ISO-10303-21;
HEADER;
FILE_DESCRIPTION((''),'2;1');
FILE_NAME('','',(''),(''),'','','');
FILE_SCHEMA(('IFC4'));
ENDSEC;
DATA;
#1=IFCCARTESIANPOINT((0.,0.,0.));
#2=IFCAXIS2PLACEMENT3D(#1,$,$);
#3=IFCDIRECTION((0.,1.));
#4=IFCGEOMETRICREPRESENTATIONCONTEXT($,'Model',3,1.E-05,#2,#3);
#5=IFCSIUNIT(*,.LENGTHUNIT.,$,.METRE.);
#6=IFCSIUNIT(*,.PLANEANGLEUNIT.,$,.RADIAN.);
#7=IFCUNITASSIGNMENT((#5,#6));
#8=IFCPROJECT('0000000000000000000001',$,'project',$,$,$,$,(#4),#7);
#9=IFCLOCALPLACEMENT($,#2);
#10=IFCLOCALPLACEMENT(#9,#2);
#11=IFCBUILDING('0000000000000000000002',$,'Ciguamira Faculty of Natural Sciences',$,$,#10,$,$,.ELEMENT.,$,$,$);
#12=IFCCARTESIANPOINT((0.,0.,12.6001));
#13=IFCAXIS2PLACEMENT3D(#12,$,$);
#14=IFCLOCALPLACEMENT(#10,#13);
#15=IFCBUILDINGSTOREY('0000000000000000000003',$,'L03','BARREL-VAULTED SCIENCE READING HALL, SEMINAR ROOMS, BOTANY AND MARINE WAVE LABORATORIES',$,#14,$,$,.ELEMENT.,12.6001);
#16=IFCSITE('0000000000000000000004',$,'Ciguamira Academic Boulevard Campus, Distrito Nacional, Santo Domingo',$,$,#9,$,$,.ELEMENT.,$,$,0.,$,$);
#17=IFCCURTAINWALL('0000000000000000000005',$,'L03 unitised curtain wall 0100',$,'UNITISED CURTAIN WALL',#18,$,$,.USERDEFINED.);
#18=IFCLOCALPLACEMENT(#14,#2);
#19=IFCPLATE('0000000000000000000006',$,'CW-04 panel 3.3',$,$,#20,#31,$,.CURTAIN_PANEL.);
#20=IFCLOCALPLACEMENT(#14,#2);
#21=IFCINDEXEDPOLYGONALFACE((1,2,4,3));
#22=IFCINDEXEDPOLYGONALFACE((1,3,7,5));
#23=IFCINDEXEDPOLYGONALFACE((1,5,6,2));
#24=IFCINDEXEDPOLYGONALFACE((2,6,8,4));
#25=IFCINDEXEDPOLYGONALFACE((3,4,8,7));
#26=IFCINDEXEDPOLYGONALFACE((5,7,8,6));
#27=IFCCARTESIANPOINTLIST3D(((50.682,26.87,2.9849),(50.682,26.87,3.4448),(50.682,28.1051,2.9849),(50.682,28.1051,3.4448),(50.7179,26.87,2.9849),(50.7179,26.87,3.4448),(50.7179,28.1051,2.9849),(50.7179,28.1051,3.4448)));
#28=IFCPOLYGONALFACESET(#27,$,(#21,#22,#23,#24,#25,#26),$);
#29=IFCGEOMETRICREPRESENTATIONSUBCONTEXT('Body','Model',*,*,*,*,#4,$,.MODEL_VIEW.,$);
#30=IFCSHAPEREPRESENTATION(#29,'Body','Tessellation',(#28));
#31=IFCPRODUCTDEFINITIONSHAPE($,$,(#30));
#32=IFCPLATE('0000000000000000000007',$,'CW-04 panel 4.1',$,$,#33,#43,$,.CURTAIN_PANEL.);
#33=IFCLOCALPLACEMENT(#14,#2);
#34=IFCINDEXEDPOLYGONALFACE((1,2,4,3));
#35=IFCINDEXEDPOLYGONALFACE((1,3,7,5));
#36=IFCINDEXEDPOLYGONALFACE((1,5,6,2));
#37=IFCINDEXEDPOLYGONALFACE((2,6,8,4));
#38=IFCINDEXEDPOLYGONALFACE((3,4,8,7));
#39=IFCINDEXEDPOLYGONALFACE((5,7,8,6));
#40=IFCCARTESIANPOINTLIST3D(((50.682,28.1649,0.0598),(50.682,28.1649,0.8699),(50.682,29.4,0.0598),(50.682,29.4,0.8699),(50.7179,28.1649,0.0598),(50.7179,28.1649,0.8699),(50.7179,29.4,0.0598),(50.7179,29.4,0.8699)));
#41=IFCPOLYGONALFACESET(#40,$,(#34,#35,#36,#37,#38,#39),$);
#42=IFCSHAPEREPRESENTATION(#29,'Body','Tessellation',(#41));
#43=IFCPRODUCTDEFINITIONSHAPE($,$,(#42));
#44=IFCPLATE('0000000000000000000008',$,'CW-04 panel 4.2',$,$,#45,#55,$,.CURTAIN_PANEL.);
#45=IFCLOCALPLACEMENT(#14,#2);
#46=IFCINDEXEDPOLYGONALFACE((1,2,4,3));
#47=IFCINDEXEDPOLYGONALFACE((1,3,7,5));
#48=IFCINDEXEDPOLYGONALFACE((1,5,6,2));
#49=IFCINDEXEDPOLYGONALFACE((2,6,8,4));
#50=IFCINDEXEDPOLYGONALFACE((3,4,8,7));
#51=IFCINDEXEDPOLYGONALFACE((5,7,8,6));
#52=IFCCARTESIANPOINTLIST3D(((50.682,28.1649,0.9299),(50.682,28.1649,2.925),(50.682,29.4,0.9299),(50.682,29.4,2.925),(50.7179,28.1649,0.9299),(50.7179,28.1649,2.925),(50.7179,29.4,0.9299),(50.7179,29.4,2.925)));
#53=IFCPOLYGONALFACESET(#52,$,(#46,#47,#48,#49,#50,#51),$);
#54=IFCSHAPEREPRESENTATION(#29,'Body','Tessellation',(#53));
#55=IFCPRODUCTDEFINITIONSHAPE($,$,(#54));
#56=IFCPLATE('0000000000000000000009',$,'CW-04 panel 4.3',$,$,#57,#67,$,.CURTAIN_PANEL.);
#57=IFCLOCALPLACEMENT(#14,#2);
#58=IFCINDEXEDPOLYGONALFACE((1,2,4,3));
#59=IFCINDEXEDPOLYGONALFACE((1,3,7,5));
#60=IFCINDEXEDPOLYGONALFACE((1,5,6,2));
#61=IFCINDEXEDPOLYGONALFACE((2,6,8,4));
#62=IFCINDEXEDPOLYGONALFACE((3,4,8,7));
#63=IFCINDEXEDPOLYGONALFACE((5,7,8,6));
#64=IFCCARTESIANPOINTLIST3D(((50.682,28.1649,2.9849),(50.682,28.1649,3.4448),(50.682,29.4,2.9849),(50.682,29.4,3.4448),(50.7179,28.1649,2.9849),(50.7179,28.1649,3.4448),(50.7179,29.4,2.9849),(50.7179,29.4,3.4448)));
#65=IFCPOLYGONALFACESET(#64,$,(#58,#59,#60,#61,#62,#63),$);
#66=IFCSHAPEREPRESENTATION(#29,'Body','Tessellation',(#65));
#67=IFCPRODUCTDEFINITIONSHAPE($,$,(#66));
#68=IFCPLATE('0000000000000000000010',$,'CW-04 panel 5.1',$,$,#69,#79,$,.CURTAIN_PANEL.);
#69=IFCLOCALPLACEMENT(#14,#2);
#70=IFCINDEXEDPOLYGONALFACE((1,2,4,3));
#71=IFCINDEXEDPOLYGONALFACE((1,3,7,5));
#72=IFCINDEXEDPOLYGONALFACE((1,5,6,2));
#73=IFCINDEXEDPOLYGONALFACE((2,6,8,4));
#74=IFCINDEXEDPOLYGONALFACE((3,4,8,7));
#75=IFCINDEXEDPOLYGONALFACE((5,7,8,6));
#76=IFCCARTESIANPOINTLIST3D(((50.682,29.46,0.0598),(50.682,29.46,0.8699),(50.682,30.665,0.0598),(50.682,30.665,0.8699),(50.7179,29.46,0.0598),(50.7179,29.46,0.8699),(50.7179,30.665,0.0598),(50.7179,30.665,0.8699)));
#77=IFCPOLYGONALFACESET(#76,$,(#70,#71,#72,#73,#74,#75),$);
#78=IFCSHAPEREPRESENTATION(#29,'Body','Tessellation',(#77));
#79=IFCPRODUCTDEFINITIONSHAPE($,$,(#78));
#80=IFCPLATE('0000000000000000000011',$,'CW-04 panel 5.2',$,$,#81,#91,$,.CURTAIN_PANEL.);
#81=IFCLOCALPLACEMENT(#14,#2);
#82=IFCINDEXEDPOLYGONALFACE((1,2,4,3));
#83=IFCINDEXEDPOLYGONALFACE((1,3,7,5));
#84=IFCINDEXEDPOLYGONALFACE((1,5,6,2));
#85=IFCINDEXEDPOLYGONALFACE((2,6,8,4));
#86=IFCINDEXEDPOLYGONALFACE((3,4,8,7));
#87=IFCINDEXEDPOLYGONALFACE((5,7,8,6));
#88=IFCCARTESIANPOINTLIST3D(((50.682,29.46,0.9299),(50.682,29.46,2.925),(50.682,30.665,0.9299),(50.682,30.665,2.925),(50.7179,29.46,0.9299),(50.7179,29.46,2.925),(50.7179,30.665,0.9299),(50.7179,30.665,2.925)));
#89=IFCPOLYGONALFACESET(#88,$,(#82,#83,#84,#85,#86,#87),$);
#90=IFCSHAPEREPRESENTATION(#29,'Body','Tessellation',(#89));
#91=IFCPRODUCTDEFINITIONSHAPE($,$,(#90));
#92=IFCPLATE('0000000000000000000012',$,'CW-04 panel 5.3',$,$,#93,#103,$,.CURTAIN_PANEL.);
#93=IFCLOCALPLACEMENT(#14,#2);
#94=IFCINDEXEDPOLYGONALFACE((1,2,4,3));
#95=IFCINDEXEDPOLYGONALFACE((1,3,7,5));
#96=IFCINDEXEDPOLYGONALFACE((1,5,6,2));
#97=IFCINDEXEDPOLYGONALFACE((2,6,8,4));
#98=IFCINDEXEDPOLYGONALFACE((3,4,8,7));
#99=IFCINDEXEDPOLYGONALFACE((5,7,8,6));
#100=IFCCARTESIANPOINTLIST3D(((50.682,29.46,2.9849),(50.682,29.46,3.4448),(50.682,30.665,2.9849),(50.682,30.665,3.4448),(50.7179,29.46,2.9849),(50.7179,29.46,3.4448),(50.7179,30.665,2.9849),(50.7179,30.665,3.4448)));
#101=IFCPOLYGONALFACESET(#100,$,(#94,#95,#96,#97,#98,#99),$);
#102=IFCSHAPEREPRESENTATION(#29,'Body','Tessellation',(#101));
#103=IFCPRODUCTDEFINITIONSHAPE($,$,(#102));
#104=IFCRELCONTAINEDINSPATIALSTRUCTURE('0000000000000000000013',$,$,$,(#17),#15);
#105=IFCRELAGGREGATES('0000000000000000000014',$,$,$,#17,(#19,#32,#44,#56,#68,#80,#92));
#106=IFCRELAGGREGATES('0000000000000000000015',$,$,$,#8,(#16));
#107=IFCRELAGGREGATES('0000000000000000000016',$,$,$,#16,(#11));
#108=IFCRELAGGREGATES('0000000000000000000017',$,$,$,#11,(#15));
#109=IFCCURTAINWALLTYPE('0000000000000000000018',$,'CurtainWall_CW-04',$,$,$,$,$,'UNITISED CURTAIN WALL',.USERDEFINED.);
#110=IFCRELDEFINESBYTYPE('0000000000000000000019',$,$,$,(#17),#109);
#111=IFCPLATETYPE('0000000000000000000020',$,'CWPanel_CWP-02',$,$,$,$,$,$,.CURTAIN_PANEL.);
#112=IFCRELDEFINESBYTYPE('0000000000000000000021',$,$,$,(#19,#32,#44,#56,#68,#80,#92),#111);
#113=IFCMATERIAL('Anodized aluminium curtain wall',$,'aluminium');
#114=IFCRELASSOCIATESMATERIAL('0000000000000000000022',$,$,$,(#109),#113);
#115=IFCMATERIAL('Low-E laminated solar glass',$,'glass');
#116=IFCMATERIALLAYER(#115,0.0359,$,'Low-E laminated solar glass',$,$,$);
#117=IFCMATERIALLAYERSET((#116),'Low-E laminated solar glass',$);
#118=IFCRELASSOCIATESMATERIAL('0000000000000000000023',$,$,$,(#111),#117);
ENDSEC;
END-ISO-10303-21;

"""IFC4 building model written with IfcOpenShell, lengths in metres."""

from ifc_helpers import new_model, si_unit, direction, frame, origin, origin_2d, place, context, subcontext, project, spatial, rectangle, extrude, material, layer, layer_set, type_object, element, aggregate, save


model = new_model("IFC4")

# Units and contexts
model_context = context("Model", 3, precision=1e-05, world=origin(), true_north=direction((0.0, 1.0)))
body_context = subcontext(model_context, "Body", "Model", "MODEL_VIEW")
ifc_project = project(units=[si_unit("LENGTHUNIT", "METRE"), si_unit("PLANEANGLEUNIT", "RADIAN")], contexts=[model_context])

# Site, building, storey
site_placement = place(None, origin())
site = spatial("IfcSite", under=ifc_project, at=site_placement, Name="Ciguamira Academic Boulevard Campus, Distrito Nacional, Santo Domingo", CompositionType="ELEMENT", RefElevation=0.0)
building_placement = place(site_placement, origin())
building = spatial("IfcBuilding", under=site, at=building_placement, Name="Ciguamira Faculty of Natural Sciences", CompositionType="ELEMENT")
storey_placement = place(building_placement, frame((0.0, 0.0, 12.6001)))
storey = spatial("IfcBuildingStorey", under=building, at=storey_placement, Name="L03", Description="BARREL-VAULTED SCIENCE READING HALL, SEMINAR ROOMS, BOTANY AND MARINE WAVE LABORATORIES", CompositionType="ELEMENT", Elevation=12.6001)

# Curtain wall
ifc_material_1 = material(Name="Anodized aluminium curtain wall", Category="aluminium")
curtain_wall_type = type_object("IfcCurtainWallType", Name="CurtainWall_CW-04", ElementType="UNITISED CURTAIN WALL", PredefinedType="USERDEFINED", material=ifc_material_1)
curtain_wall_placement = place(storey_placement, origin())
curtain_wall = element("IfcCurtainWall", 1, at=curtain_wall_placement, inside=storey, type_object=curtain_wall_type, Name="L03 unitised curtain wall 0100", ObjectType="UNITISED CURTAIN WALL", PredefinedType="USERDEFINED")

# Plates
ifc_material_2 = material(Name="Low-E laminated solar glass", Category="glass")
ifc_layer = layer(ifc_material_2, 0.0359, Name="Low-E laminated solar glass")
ifc_layer_set = layer_set([ifc_layer], Name="Low-E laminated solar glass")
plate_type = type_object("IfcPlateType", Name="CWPanel_CWP-02", PredefinedType="CURTAIN_PANEL", material=ifc_layer_set)
plate_1_placement = place(storey_placement, frame((50.7, 27.4875, 2.9849), z_axis=(0.0, 0.0, 1.0), x_axis=(0.0, 1.0, 0.0)))
plate_1 = element("IfcPlate", 2, at=plate_1_placement, type_object=plate_type, Name="CW-04 panel 3.3", PredefinedType="CURTAIN_PANEL", context=body_context, shape_type="SweptSolid", body=[
    extrude(rectangle(XDim=1.2351, YDim=0.0359, at=origin_2d()), origin(), (0.0, 0.0, 1.0), 0.46),
])
plate_2_placement = place(storey_placement, frame((50.7, 28.7825, 0.0598), z_axis=(0.0, 0.0, 1.0), x_axis=(0.0, 1.0, 0.0)))
plate_2 = element("IfcPlate", 3, at=plate_2_placement, type_object=plate_type, Name="CW-04 panel 4.1", PredefinedType="CURTAIN_PANEL", context=body_context, shape_type="SweptSolid", body=[
    extrude(rectangle(XDim=1.2351, YDim=0.0359, at=origin_2d()), origin(), (0.0, 0.0, 1.0), 0.8101),
])
plate_3_placement = place(storey_placement, frame((50.7, 28.7825, 0.9299), z_axis=(0.0, 0.0, 1.0), x_axis=(0.0, 1.0, 0.0)))
plate_3 = element("IfcPlate", 4, at=plate_3_placement, type_object=plate_type, Name="CW-04 panel 4.2", PredefinedType="CURTAIN_PANEL", context=body_context, shape_type="SweptSolid", body=[
    extrude(rectangle(XDim=1.2351, YDim=0.0359, at=origin_2d()), origin(), (0.0, 0.0, 1.0), 1.9951),
])
plate_4_placement = place(storey_placement, frame((50.7, 28.7825, 2.9849), z_axis=(0.0, 0.0, 1.0), x_axis=(0.0, 1.0, 0.0)))
plate_4 = element("IfcPlate", 5, at=plate_4_placement, type_object=plate_type, Name="CW-04 panel 4.3", PredefinedType="CURTAIN_PANEL", context=body_context, shape_type="SweptSolid", body=[
    extrude(rectangle(XDim=1.2351, YDim=0.0359, at=origin_2d()), origin(), (0.0, 0.0, 1.0), 0.46),
])
plate_5_placement = place(storey_placement, frame((50.7, 30.0625, 0.0598), z_axis=(0.0, 0.0, 1.0), x_axis=(0.0, 1.0, 0.0)))
plate_5 = element("IfcPlate", 6, at=plate_5_placement, type_object=plate_type, Name="CW-04 panel 5.1", PredefinedType="CURTAIN_PANEL", context=body_context, shape_type="SweptSolid", body=[
    extrude(rectangle(XDim=1.2051, YDim=0.0359, at=origin_2d()), origin(), (0.0, 0.0, 1.0), 0.8101),
])
plate_6_placement = place(storey_placement, frame((50.7, 30.0625, 0.9299), z_axis=(0.0, 0.0, 1.0), x_axis=(0.0, 1.0, 0.0)))
plate_6 = element("IfcPlate", 7, at=plate_6_placement, type_object=plate_type, Name="CW-04 panel 5.2", PredefinedType="CURTAIN_PANEL", context=body_context, shape_type="SweptSolid", body=[
    extrude(rectangle(XDim=1.2051, YDim=0.0359, at=origin_2d()), origin(), (0.0, 0.0, 1.0), 1.9951),
])
plate_7_placement = place(storey_placement, frame((50.7, 30.0625, 2.9849), z_axis=(0.0, 0.0, 1.0), x_axis=(0.0, 1.0, 0.0)))
plate_7 = element("IfcPlate", 8, at=plate_7_placement, type_object=plate_type, Name="CW-04 panel 5.3", PredefinedType="CURTAIN_PANEL", context=body_context, shape_type="SweptSolid", body=[
    extrude(rectangle(XDim=1.2051, YDim=0.0359, at=origin_2d()), origin(), (0.0, 0.0, 1.0), 0.46),
])
aggregate(curtain_wall, [plate_1, plate_2, plate_3, plate_4, plate_5, plate_6, plate_7])

save(model, "model.ifc")
